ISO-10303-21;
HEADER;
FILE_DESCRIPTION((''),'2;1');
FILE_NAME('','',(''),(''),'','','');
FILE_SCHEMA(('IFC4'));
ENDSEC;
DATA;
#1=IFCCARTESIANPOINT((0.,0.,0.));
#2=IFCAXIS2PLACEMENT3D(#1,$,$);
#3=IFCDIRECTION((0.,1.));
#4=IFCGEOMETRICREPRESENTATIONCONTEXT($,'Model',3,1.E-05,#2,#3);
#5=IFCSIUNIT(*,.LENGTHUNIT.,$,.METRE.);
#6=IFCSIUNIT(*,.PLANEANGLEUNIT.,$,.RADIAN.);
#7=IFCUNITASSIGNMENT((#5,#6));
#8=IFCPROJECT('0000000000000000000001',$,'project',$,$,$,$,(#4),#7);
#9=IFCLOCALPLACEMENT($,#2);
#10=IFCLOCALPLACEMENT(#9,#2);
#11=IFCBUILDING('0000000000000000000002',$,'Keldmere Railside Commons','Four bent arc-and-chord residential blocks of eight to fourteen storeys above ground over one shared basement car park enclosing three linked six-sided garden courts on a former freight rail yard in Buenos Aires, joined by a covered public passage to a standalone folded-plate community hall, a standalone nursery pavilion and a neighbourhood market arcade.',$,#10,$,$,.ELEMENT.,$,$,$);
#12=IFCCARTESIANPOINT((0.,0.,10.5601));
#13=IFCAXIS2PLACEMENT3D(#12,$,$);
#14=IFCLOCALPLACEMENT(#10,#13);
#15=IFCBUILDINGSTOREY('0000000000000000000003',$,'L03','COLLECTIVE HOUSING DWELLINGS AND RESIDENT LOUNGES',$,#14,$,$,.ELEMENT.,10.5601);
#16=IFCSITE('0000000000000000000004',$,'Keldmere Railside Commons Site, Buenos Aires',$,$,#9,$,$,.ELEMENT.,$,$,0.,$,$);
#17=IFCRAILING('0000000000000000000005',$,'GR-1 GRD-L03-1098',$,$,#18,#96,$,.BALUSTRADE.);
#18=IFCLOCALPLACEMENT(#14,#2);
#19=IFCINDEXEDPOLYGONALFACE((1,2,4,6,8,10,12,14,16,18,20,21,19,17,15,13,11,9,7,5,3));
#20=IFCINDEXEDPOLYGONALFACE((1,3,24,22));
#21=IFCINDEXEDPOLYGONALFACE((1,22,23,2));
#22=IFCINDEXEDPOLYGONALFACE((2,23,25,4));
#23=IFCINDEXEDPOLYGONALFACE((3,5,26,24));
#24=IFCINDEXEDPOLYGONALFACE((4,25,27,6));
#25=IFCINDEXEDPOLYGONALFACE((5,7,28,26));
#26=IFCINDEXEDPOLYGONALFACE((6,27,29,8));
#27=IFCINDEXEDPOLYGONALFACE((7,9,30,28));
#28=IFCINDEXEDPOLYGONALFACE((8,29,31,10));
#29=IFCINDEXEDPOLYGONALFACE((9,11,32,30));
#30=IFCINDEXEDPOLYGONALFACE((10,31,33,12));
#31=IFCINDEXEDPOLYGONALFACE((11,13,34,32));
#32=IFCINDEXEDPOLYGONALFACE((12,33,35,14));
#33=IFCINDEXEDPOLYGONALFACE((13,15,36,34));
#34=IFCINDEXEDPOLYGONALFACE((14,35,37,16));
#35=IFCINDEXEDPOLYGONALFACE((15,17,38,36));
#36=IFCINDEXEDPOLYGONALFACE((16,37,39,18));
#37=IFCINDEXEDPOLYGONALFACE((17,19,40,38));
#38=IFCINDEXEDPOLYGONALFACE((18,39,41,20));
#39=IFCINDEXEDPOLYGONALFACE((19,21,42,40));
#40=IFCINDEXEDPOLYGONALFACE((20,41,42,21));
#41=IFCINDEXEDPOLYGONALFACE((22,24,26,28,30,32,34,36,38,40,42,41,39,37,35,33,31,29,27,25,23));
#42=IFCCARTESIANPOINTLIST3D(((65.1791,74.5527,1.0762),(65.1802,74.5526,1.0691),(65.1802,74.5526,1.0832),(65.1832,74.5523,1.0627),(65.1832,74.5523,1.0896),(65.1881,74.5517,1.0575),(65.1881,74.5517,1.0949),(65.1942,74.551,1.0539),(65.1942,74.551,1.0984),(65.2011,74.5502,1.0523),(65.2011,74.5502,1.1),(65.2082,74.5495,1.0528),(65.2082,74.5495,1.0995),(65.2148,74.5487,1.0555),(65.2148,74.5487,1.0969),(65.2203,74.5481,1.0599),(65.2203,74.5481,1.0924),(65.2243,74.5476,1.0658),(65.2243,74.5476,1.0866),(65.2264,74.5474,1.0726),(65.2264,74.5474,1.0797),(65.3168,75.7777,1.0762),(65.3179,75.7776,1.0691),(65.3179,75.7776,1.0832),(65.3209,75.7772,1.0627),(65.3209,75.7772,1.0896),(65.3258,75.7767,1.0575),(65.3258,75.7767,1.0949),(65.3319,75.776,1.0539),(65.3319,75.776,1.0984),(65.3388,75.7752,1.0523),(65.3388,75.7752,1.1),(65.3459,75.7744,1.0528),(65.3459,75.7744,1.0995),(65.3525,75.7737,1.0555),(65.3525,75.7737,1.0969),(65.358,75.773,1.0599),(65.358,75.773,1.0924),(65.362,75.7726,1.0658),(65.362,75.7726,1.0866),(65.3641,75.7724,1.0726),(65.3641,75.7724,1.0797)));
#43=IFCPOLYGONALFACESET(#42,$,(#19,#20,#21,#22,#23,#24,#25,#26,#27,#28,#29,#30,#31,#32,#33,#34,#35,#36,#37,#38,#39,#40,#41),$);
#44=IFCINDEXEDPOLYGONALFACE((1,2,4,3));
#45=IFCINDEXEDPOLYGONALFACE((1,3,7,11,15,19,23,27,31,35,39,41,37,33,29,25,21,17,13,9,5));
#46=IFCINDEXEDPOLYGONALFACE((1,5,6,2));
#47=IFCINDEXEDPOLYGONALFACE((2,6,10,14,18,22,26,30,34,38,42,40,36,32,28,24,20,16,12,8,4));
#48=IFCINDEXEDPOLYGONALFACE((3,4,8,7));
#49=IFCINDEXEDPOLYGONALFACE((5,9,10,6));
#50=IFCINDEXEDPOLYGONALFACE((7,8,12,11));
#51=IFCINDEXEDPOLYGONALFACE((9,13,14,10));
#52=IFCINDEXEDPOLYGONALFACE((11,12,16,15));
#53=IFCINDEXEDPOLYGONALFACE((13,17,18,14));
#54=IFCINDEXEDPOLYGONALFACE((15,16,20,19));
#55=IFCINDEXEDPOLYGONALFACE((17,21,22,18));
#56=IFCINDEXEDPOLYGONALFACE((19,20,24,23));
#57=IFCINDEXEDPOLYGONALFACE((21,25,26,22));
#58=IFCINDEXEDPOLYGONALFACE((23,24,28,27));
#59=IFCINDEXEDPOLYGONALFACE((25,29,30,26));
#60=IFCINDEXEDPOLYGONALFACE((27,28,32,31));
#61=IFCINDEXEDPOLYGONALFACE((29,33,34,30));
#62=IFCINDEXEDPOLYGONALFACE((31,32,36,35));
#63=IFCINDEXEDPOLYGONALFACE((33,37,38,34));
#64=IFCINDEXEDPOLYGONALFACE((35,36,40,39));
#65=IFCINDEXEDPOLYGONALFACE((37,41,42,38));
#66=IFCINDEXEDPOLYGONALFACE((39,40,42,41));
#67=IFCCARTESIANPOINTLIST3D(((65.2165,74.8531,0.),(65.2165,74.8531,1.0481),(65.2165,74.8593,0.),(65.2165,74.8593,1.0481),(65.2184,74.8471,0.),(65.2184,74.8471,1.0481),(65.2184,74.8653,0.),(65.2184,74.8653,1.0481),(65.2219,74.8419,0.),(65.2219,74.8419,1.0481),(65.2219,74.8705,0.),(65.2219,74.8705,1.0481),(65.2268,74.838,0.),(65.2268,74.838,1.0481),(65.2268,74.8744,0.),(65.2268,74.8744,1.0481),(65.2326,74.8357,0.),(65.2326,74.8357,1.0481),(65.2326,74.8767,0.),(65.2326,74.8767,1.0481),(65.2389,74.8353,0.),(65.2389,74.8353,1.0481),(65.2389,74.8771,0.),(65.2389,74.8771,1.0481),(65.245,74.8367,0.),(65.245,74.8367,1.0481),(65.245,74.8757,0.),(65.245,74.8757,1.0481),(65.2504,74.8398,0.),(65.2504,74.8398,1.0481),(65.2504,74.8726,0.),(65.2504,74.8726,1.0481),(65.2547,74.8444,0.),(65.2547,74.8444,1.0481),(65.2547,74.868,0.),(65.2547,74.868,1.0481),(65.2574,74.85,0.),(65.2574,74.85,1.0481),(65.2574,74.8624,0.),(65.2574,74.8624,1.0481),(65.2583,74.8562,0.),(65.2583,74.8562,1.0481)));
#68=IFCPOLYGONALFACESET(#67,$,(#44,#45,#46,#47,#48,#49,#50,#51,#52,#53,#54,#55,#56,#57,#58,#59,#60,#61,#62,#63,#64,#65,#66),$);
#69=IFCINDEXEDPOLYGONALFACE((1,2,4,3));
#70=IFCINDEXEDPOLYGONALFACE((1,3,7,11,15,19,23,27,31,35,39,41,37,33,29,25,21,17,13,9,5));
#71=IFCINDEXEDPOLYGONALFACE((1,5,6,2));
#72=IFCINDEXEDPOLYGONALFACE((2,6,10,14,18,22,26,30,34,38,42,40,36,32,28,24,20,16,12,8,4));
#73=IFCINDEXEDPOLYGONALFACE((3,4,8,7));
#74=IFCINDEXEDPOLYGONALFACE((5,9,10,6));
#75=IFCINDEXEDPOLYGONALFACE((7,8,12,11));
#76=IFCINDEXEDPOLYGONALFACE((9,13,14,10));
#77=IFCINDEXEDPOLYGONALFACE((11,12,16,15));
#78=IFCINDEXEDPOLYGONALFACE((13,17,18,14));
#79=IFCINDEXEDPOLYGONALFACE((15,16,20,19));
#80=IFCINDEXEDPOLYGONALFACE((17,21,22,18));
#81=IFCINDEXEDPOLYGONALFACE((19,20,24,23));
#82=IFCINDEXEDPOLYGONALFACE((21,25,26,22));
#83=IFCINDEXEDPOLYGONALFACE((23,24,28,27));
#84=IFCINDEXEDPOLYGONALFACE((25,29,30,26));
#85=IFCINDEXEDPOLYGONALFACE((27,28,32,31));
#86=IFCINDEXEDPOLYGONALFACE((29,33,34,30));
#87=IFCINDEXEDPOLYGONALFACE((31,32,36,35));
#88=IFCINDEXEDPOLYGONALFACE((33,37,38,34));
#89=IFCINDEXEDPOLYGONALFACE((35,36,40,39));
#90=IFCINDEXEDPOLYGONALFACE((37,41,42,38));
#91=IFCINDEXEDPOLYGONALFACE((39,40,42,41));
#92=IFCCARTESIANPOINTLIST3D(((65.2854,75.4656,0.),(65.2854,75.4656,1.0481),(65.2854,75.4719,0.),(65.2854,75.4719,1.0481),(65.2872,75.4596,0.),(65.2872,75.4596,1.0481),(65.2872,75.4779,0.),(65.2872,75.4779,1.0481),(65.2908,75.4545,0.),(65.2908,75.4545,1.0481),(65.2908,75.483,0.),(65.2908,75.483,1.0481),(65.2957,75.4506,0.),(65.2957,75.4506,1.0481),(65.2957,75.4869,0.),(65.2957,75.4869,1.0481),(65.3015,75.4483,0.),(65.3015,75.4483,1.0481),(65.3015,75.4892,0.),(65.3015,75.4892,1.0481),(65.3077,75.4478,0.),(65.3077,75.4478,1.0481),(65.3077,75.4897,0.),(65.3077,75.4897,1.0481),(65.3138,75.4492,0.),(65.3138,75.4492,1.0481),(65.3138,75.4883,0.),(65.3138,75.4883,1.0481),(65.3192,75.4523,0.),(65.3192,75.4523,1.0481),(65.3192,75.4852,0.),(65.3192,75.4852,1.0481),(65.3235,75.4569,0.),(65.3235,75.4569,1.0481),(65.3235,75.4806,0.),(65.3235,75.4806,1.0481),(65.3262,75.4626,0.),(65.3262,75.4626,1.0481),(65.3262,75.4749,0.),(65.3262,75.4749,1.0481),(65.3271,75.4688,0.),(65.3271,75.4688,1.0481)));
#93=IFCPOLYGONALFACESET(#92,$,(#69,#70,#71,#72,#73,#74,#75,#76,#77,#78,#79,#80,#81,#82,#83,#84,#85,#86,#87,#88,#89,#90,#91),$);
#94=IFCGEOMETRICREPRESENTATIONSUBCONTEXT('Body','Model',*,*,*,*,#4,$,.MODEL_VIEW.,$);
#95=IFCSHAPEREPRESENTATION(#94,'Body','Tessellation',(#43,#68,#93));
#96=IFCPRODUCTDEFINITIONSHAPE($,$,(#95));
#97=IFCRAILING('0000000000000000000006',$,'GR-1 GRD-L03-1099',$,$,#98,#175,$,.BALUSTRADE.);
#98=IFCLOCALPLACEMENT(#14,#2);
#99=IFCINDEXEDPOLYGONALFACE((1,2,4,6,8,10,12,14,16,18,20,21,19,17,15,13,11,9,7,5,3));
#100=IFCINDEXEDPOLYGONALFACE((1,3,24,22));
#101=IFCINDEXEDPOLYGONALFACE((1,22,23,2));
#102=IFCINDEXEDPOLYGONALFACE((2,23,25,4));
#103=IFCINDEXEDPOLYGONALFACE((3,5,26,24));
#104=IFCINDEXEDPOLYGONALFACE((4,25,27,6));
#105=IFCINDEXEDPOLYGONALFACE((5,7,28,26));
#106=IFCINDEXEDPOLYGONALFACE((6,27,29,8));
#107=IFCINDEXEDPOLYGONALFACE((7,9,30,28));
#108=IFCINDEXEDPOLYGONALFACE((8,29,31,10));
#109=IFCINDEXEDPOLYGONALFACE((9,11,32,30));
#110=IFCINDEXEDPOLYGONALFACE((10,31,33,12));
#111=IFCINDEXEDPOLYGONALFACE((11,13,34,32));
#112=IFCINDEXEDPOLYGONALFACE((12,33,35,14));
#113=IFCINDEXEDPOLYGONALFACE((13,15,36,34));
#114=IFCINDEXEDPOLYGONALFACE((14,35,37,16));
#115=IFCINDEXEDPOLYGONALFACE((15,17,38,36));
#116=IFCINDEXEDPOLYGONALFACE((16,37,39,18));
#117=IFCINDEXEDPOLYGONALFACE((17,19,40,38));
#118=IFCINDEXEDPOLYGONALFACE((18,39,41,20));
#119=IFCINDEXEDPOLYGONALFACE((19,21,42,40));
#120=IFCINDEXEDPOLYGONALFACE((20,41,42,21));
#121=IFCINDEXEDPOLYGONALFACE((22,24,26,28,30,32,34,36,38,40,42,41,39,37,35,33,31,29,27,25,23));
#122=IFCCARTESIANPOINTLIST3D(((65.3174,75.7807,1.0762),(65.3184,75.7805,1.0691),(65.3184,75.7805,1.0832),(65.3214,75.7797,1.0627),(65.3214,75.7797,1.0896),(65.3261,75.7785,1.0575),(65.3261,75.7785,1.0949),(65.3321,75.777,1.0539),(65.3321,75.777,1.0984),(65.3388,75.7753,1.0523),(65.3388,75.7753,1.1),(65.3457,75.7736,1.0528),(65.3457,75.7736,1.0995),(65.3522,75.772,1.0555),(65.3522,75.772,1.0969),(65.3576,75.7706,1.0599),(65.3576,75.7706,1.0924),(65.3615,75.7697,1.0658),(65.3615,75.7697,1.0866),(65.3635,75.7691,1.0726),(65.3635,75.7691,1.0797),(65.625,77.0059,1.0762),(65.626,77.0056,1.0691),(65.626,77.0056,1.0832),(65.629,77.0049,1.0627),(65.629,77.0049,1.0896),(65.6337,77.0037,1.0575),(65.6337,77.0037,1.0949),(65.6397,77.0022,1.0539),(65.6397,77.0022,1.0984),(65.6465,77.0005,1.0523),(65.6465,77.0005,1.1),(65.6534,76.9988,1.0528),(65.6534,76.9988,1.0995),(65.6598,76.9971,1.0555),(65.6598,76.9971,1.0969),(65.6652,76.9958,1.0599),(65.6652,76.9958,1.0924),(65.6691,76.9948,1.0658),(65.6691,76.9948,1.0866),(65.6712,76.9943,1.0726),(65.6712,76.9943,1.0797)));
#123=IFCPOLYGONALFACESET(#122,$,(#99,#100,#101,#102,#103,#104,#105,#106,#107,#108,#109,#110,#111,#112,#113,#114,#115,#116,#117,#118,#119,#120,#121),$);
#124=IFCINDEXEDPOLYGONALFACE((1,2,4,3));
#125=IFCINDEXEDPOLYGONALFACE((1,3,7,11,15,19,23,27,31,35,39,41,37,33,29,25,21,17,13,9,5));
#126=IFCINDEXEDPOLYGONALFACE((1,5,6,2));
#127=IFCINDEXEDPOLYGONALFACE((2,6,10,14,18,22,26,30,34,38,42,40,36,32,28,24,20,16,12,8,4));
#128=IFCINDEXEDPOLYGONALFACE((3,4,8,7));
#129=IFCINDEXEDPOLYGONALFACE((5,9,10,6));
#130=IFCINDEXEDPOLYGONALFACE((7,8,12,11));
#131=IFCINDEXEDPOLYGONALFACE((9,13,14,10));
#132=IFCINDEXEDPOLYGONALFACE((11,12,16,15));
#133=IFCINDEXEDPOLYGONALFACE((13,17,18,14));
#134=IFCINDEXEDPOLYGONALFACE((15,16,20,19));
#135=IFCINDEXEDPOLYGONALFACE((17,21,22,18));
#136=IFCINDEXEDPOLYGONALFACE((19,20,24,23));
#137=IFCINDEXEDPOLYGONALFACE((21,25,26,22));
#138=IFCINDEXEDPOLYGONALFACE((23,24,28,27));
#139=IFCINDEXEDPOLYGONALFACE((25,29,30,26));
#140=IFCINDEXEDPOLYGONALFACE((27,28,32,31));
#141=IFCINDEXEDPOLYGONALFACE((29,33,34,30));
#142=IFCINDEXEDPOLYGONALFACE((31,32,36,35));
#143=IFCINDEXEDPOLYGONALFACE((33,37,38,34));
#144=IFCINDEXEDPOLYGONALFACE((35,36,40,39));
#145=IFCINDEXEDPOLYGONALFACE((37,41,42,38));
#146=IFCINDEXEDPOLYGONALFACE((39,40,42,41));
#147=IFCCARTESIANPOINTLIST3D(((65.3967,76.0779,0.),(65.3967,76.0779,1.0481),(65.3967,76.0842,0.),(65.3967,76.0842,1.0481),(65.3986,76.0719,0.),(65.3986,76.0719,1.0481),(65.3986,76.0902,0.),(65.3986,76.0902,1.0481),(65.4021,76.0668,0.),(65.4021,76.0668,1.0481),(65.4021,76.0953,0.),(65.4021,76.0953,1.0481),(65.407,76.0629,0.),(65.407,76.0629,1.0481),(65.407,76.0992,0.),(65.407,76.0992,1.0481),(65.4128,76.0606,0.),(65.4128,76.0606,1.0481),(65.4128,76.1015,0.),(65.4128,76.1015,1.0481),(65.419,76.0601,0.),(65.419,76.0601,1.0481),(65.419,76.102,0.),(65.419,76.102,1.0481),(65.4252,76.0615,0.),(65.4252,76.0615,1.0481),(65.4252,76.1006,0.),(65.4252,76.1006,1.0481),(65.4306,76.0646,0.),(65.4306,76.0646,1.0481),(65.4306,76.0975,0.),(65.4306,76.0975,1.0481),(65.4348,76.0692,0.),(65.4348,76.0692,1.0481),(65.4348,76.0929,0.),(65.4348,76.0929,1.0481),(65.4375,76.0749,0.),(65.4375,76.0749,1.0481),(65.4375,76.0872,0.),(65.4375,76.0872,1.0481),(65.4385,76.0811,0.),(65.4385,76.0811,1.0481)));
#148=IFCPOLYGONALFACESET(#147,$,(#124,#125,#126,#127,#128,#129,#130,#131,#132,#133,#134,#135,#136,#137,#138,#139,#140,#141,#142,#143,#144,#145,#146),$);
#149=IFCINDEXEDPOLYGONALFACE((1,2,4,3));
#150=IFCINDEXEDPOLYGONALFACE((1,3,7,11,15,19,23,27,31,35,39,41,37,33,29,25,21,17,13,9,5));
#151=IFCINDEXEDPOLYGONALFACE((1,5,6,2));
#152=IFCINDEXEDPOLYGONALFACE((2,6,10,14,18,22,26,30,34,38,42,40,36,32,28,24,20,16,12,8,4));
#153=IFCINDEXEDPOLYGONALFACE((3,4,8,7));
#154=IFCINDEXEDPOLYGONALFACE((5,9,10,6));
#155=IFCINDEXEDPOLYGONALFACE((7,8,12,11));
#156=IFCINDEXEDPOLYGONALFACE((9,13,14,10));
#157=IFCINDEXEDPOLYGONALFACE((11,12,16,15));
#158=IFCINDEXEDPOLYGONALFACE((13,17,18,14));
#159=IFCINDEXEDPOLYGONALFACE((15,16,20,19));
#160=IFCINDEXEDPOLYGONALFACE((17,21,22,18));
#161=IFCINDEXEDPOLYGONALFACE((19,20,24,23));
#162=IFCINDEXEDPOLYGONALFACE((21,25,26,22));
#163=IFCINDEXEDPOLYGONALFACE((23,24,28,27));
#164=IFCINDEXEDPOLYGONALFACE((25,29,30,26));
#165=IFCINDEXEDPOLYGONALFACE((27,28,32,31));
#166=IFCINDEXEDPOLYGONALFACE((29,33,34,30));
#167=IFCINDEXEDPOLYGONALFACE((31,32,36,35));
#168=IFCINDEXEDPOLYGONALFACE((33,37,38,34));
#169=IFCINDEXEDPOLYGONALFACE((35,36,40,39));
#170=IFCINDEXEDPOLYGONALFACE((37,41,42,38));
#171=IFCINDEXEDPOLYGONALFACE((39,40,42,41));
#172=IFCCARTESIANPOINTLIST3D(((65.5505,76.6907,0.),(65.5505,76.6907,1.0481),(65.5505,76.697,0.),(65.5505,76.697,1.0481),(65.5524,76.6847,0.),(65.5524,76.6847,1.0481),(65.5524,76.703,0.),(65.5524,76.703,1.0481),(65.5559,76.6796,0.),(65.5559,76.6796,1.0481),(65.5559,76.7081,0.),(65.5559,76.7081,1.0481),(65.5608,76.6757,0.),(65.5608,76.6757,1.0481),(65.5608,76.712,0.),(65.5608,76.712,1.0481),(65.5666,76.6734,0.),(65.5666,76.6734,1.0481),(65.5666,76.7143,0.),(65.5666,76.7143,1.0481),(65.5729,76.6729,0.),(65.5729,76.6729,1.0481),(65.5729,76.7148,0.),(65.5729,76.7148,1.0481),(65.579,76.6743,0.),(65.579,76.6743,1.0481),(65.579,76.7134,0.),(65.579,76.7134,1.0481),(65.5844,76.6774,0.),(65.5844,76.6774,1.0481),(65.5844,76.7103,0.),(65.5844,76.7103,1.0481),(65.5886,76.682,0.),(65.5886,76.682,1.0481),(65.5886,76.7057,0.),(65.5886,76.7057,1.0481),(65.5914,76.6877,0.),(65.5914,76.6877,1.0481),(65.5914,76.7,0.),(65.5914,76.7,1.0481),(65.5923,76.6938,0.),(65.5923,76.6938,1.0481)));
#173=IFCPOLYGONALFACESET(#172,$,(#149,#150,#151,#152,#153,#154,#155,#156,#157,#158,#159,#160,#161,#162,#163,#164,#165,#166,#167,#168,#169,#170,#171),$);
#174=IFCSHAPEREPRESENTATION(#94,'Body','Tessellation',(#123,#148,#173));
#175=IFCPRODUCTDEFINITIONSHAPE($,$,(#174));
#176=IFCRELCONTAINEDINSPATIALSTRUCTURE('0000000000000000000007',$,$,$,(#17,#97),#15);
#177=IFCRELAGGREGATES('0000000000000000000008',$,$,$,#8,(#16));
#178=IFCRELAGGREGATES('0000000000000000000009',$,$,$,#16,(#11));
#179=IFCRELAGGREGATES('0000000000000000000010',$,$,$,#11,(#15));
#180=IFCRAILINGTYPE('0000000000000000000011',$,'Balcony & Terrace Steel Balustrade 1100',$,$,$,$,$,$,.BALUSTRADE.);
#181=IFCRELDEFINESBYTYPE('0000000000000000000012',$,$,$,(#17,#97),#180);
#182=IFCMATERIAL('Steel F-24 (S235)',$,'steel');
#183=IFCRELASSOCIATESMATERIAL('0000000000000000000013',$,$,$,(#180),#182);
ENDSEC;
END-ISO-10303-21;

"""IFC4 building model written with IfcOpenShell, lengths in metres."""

from ifc_helpers import new_model, si_unit, direction, frame, origin, origin_2d, place, context, subcontext, project, spatial, circle, extrude, material, type_object, element, save


model = new_model("IFC4")

# Units and contexts
model_context = context("Model", 3, precision=1e-05, world=origin(), true_north=direction((0.0, 1.0)))
body_context = subcontext(model_context, "Body", "Model", "MODEL_VIEW")
ifc_project = project(units=[si_unit("LENGTHUNIT", "METRE"), si_unit("PLANEANGLEUNIT", "RADIAN")], contexts=[model_context])

# Site, building, storey
site_placement = place(None, origin())
site = spatial("IfcSite", under=ifc_project, at=site_placement, Name="Keldmere Railside Commons Site, Buenos Aires", CompositionType="ELEMENT", RefElevation=0.0)
building_placement = place(site_placement, origin())
building = spatial("IfcBuilding", under=site, at=building_placement, Name="Keldmere Railside Commons", Description="Four bent arc-and-chord residential blocks of eight to fourteen storeys above ground over one shared basement car park enclosing three linked six-sided garden courts on a former freight rail yard in Buenos Aires, joined by a covered public passage to a standalone folded-plate community hall, a standalone nursery pavilion and a neighbourhood market arcade.", CompositionType="ELEMENT")
storey_placement = place(building_placement, frame((0.0, 0.0, 10.5601)))
storey = spatial("IfcBuildingStorey", under=building, at=storey_placement, Name="L03", Description="COLLECTIVE HOUSING DWELLINGS AND RESIDENT LOUNGES", CompositionType="ELEMENT", Elevation=10.5601)

# Railings
ifc_material_1 = material(Name="Steel F-24 (S235)", Category="steel")
railing_type = type_object("IfcRailingType", Name="Balcony & Terrace Steel Balustrade 1100", PredefinedType="BALUSTRADE", material=ifc_material_1)
railing_1_placement = place(storey_placement, frame((65.2029, 74.55, 0.0)))
element("IfcRailing", 1, at=railing_1_placement, inside=storey, type_object=railing_type, Name="GR-1 GRD-L03-1098", PredefinedType="BALUSTRADE", context=body_context, shape_type="SweptSolid", body=[
    extrude(circle(Radius=0.0239, at=origin_2d()), frame((0.0, 0.0, 1.0762), z_axis=(0.111714, 0.99374, 0.0), x_axis=(-0.99374, 0.111714, 0.0)), (0.0, 0.0, 1.0), 1.2327),
    extrude(circle(Radius=0.021, at=origin_2d()), frame((0.0344, 0.3062, 0.0)), (0.0, 0.0, 1.0), 1.0481),
    extrude(circle(Radius=0.021, at=origin_2d()), frame((0.1033, 0.9187, 0.0)), (0.0, 0.0, 1.0), 1.0481),
])
railing_2_placement = place(storey_placement, frame((65.3406, 75.7749, 0.0)))
element("IfcRailing", 2, at=railing_2_placement, inside=storey, type_object=railing_type, Name="GR-1 GRD-L03-1099", PredefinedType="BALUSTRADE", context=body_context, shape_type="SweptSolid", body=[
    extrude(circle(Radius=0.0239, at=origin_2d()), frame((0.0, 0.0, 1.0762), z_axis=(0.243536, 0.969892, 0.0), x_axis=(-0.969892, 0.243536, 0.0)), (0.0, 0.0, 1.0), 1.2632),
    extrude(circle(Radius=0.021, at=origin_2d()), frame((0.0769, 0.3062, 0.0)), (0.0, 0.0, 1.0), 1.0481),
    extrude(circle(Radius=0.021, at=origin_2d()), frame((0.2307, 0.9189, 0.0)), (0.0, 0.0, 1.0), 1.0481),
])

save(model, "model.ifc")
